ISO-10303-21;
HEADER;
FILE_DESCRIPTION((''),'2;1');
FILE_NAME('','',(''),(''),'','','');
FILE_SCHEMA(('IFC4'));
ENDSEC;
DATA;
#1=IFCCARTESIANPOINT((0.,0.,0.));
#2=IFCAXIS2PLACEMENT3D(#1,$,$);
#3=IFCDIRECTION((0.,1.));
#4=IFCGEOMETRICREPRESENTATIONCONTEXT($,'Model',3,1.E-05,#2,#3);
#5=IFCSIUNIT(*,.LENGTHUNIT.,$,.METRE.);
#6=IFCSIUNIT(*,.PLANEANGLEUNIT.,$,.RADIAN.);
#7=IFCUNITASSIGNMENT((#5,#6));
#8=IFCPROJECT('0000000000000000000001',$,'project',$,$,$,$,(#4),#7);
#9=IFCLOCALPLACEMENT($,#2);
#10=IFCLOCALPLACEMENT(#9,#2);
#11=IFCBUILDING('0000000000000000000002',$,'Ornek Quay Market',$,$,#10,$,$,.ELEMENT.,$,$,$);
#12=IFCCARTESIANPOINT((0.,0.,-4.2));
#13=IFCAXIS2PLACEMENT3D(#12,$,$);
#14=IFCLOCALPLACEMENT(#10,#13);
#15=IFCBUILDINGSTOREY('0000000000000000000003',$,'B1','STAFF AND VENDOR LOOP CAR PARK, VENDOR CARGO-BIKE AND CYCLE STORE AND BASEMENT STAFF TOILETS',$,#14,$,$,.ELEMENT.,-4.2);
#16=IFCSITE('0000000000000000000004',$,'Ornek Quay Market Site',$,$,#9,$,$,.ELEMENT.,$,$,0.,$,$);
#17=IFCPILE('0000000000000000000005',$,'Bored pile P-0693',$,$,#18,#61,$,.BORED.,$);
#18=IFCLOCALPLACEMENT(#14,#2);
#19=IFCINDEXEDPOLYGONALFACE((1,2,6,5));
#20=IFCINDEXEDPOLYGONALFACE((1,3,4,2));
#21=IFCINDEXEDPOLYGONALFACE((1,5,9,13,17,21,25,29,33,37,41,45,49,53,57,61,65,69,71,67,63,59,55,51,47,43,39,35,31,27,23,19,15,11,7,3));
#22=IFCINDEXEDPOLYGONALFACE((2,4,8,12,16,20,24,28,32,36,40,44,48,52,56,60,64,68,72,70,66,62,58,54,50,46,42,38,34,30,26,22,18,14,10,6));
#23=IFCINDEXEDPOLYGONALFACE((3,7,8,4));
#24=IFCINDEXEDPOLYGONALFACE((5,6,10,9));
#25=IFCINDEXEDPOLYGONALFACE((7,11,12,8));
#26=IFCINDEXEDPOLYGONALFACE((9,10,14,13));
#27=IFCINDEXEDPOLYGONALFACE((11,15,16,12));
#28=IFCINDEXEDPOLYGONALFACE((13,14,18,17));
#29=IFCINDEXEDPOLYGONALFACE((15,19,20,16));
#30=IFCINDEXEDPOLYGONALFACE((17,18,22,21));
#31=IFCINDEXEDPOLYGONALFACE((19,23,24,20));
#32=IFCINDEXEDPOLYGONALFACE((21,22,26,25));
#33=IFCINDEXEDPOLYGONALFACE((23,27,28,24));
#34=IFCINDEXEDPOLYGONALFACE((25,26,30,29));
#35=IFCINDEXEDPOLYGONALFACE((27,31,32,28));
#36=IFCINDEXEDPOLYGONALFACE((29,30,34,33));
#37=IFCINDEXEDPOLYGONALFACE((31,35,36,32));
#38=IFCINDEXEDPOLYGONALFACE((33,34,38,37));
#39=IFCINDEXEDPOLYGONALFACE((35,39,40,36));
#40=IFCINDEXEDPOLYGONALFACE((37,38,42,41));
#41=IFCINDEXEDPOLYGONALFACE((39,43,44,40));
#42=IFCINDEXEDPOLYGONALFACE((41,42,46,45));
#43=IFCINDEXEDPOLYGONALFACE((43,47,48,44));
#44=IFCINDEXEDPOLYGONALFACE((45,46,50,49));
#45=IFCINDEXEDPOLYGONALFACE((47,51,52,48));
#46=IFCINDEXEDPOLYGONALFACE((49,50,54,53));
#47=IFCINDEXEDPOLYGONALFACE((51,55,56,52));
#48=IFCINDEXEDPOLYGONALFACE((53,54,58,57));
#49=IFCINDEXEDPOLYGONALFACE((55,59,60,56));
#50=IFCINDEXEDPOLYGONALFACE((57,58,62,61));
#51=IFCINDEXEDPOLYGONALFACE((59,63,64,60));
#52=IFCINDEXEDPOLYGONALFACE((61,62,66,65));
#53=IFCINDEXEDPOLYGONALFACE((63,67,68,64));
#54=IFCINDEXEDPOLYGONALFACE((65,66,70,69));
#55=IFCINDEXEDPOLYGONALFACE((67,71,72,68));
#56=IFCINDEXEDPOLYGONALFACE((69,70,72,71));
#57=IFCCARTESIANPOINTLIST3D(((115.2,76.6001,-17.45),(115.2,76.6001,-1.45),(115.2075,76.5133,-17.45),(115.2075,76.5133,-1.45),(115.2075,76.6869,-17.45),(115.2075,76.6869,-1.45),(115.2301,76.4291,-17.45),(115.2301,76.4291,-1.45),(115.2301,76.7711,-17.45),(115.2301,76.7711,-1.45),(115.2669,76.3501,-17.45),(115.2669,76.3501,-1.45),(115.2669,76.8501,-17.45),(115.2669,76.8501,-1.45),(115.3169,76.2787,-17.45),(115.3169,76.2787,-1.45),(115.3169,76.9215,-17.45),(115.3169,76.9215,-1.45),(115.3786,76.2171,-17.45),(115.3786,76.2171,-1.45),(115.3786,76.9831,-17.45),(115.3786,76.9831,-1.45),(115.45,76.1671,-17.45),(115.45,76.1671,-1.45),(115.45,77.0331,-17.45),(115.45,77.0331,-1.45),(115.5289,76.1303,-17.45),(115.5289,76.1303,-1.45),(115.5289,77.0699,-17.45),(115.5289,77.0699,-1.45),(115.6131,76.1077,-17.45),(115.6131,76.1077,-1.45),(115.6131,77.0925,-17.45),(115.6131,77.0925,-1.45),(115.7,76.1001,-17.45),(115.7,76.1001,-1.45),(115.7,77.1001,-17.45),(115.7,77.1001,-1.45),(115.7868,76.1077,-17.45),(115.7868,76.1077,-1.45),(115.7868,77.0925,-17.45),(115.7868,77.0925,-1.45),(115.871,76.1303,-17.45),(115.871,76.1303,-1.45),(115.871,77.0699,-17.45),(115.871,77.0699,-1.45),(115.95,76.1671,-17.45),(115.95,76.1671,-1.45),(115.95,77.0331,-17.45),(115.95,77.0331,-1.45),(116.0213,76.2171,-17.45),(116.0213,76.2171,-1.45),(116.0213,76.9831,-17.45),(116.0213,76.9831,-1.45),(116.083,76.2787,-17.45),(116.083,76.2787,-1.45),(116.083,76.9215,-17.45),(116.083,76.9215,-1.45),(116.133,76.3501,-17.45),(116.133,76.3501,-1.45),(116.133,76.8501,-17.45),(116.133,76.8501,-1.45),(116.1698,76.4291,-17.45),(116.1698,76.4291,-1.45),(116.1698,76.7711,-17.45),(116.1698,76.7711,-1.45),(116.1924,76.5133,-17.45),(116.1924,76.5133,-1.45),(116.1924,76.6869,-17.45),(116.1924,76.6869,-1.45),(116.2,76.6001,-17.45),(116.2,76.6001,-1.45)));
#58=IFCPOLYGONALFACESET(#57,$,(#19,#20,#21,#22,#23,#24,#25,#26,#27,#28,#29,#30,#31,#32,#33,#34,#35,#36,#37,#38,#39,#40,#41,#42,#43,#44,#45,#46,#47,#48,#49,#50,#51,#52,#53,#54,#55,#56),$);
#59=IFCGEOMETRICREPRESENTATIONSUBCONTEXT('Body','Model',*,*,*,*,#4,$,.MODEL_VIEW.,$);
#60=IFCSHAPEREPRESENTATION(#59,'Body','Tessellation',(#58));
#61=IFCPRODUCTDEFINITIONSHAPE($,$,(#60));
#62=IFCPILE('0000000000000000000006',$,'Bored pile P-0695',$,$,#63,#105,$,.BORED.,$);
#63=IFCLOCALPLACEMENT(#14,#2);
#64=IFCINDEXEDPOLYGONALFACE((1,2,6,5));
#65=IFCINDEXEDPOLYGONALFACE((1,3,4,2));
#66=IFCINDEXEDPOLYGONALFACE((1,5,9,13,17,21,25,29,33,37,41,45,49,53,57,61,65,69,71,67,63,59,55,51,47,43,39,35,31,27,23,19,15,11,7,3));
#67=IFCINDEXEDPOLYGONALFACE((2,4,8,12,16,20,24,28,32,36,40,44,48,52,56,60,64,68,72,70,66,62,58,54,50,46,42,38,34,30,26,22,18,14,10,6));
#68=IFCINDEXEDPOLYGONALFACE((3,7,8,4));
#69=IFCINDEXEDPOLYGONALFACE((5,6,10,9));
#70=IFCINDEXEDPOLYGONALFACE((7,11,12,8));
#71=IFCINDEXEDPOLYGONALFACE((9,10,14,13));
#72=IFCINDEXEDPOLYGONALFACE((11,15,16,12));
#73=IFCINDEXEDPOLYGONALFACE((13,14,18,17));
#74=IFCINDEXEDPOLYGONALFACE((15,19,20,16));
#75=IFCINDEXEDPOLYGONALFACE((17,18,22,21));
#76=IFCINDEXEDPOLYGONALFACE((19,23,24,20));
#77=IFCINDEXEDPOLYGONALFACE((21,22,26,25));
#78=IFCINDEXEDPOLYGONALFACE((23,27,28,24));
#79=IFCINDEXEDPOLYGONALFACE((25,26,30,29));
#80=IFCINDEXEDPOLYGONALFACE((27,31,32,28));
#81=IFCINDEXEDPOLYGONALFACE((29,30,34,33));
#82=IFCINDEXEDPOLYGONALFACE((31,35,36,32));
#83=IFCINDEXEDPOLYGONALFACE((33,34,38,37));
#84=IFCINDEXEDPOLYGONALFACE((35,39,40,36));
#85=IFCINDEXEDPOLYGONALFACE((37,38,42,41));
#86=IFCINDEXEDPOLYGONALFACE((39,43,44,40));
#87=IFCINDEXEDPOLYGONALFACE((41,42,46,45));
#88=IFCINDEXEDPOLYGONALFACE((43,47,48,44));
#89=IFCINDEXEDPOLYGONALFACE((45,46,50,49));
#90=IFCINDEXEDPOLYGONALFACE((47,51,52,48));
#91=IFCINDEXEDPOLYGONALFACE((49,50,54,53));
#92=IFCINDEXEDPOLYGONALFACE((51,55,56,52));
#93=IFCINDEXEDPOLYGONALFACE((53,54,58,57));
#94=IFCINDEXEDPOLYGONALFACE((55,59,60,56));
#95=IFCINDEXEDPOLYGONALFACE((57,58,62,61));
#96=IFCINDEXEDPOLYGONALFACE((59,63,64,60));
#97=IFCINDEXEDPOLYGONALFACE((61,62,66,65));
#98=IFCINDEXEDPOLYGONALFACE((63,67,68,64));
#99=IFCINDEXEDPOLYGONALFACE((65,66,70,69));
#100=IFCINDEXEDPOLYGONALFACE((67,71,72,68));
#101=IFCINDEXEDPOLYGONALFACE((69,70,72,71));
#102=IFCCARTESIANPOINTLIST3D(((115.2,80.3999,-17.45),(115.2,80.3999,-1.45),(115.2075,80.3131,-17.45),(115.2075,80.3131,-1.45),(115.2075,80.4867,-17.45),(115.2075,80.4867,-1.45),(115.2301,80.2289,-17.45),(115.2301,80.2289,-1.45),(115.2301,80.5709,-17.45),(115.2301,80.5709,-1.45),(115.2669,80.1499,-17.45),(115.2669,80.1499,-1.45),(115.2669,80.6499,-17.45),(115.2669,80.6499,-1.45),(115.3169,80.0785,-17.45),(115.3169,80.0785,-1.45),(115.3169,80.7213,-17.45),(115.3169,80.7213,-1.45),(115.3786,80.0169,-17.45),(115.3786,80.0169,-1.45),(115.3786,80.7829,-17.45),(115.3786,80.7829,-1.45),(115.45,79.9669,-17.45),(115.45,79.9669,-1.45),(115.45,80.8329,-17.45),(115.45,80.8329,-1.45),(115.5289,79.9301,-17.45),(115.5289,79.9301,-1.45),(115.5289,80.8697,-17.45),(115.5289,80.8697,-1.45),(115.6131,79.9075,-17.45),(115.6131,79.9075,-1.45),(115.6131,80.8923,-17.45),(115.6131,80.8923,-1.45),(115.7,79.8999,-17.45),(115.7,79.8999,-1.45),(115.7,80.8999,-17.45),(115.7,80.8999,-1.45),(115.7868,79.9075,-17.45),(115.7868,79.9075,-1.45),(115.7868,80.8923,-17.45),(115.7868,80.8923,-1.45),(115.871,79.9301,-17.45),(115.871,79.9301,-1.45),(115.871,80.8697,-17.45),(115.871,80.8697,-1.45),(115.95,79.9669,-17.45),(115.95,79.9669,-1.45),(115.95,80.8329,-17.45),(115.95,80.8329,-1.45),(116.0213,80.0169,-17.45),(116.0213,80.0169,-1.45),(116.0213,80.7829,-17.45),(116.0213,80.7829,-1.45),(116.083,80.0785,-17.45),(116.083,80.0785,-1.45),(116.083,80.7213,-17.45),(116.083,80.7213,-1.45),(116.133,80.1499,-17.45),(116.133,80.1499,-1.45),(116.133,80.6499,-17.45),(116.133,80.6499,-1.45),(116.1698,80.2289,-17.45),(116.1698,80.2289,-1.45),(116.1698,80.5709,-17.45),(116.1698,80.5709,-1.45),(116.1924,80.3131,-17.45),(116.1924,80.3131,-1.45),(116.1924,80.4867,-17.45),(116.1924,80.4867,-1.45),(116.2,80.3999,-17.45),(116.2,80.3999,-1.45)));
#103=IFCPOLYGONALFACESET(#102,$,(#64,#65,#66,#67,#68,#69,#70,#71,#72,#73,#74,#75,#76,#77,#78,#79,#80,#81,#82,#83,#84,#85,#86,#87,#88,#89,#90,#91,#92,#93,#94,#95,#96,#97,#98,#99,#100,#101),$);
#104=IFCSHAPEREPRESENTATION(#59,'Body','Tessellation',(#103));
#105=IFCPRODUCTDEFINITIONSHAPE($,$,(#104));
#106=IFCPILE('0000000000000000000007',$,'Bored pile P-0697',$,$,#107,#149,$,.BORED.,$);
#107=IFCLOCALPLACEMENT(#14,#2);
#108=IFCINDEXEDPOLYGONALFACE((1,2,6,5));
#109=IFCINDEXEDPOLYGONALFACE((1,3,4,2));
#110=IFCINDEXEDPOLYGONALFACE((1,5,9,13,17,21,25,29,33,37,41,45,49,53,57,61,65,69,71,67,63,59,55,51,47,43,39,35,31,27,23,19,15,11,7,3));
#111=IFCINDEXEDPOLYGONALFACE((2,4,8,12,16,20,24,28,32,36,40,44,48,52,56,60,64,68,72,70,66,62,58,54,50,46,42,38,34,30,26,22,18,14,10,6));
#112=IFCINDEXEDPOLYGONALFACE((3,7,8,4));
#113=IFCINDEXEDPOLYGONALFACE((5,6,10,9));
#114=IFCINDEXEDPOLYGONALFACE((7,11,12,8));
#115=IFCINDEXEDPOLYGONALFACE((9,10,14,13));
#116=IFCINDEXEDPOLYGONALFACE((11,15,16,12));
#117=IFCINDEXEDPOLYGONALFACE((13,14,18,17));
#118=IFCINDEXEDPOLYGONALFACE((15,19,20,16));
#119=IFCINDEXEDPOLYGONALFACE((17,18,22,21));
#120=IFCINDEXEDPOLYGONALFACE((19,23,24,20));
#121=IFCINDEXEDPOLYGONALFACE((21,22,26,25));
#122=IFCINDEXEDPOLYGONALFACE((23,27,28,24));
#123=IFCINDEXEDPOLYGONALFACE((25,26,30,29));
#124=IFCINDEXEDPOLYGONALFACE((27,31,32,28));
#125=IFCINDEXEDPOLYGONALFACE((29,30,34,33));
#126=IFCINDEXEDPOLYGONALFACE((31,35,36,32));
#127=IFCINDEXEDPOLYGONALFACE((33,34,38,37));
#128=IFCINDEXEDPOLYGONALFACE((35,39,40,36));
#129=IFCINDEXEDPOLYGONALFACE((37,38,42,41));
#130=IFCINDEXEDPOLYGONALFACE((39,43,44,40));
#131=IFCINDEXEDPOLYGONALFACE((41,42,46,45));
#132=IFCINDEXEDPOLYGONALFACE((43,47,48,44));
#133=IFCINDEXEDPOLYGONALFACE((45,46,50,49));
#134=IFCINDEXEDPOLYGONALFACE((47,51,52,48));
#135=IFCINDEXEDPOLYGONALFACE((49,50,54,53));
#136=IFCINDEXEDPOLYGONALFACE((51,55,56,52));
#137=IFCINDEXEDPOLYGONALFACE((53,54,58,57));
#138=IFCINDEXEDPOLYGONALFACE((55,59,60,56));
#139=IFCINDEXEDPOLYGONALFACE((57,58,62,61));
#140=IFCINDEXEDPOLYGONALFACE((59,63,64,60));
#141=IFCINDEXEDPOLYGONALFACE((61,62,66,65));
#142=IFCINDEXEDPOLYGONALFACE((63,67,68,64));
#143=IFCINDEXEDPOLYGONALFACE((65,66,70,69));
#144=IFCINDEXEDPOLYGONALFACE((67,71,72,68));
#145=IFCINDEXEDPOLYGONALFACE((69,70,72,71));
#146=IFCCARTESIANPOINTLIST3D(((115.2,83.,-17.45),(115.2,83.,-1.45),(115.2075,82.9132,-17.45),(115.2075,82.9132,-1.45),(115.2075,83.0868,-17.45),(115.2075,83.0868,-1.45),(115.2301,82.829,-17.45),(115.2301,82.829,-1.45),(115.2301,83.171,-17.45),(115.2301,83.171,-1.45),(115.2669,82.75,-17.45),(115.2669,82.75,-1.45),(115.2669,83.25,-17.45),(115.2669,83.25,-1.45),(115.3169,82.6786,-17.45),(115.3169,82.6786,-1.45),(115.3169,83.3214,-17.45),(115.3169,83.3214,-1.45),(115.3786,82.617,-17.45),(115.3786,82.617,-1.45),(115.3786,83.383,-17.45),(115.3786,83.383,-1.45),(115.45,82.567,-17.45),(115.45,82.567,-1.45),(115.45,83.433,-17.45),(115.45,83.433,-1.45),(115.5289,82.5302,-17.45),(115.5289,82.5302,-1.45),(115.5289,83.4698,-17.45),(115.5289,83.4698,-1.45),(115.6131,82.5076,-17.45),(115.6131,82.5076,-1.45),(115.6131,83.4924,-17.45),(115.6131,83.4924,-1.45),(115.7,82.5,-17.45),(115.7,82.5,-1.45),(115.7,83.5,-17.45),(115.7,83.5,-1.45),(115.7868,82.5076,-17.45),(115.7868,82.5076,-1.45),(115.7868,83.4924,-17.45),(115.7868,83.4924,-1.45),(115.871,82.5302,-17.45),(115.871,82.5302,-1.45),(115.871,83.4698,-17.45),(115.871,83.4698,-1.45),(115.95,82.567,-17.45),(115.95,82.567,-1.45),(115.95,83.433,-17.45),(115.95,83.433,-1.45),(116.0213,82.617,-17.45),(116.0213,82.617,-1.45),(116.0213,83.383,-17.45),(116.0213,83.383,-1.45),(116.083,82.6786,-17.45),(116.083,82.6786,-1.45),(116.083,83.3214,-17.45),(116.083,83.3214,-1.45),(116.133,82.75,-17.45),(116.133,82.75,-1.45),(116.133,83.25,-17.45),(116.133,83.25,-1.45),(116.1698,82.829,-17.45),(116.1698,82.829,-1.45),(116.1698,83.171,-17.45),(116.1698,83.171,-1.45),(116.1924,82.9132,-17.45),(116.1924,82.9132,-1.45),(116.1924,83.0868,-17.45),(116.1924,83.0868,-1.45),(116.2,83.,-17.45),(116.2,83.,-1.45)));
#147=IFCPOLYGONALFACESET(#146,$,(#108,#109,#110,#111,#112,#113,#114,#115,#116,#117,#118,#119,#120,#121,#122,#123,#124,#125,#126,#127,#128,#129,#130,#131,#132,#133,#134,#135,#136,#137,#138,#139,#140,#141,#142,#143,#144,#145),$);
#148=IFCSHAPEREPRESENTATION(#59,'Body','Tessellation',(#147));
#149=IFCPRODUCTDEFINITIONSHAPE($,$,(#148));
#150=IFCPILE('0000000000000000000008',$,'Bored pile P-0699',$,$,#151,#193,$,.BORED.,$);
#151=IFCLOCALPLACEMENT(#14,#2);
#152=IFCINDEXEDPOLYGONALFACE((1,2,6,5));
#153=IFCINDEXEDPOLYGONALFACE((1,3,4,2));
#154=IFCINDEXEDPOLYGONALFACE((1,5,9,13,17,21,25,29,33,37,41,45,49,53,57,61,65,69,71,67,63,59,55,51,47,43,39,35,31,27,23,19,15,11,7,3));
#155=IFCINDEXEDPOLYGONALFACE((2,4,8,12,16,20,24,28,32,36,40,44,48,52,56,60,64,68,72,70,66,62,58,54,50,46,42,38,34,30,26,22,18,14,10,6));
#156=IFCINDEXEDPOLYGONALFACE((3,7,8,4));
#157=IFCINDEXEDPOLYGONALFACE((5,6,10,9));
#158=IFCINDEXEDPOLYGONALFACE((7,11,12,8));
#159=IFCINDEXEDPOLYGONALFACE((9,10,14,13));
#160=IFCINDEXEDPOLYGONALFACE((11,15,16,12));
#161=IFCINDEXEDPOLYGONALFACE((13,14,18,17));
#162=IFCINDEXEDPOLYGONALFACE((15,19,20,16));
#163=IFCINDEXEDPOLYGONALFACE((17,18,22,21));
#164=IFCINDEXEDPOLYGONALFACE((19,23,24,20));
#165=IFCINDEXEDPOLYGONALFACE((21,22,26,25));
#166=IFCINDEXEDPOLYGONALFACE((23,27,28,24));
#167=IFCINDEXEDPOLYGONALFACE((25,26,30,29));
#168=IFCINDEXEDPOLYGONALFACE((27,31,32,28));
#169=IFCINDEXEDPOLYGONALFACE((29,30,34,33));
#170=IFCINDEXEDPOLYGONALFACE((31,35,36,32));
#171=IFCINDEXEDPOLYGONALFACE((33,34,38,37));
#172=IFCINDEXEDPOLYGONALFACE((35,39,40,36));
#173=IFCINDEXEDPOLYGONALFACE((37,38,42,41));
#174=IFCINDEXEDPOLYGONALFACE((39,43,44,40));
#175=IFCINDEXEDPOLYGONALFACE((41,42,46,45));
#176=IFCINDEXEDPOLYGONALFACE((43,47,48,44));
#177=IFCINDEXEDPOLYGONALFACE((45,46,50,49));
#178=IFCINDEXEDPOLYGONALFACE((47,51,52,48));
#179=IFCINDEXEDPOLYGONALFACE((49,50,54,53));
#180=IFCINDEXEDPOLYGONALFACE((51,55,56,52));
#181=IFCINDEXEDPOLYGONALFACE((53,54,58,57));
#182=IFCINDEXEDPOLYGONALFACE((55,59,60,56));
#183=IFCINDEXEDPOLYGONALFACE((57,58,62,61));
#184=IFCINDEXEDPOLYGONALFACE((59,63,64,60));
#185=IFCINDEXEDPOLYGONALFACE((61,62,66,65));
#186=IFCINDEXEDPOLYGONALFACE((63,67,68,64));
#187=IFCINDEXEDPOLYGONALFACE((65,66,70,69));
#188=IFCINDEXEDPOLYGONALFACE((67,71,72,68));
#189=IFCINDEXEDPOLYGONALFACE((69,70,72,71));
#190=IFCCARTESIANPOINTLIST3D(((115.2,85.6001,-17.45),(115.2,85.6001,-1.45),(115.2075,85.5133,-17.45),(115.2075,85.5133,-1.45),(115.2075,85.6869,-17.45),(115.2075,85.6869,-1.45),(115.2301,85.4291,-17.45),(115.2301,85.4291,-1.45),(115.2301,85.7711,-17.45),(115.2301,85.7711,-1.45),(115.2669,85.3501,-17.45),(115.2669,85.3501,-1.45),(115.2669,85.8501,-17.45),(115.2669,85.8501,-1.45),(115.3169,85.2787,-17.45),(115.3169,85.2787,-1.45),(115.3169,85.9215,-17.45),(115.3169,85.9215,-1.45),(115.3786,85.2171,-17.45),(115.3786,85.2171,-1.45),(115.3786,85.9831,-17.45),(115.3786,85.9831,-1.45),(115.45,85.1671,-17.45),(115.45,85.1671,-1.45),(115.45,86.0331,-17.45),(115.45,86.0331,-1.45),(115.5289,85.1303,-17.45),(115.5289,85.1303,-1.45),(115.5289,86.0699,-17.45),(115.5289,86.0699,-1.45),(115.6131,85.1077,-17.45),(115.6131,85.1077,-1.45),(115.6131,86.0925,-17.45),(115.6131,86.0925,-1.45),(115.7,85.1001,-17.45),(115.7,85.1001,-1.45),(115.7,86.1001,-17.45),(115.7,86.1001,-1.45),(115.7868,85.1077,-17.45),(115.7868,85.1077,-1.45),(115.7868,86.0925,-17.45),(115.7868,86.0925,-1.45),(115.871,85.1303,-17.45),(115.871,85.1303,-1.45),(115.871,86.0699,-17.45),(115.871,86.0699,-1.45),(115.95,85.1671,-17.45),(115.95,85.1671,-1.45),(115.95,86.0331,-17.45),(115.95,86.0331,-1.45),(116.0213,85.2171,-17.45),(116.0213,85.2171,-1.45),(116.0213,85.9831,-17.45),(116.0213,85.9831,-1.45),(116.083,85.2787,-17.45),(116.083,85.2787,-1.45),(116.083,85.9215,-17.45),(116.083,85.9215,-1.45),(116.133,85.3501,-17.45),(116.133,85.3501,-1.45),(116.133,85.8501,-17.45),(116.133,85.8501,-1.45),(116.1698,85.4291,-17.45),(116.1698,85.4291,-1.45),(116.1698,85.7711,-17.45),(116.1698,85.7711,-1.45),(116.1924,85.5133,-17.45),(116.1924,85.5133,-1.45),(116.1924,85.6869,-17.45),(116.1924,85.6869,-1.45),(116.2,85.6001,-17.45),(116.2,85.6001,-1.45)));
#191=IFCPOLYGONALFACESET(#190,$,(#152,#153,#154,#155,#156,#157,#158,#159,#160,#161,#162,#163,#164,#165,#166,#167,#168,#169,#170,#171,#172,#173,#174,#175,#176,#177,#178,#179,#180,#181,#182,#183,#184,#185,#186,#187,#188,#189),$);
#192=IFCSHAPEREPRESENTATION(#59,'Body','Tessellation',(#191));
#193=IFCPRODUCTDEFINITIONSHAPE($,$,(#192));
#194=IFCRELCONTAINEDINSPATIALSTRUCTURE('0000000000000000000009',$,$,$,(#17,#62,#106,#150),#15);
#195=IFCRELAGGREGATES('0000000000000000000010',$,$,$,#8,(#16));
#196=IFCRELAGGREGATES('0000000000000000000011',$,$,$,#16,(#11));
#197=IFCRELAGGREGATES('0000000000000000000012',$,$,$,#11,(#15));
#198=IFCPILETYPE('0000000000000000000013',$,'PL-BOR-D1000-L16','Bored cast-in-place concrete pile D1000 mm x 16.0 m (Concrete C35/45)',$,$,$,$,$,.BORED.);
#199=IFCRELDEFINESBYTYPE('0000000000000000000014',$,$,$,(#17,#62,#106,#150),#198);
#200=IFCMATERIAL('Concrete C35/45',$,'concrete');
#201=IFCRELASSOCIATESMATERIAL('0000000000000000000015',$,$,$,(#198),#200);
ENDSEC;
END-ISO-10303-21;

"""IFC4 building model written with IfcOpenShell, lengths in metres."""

from ifc_helpers import new_model, si_unit, direction, frame, origin, origin_2d, place, context, subcontext, project, spatial, circle, extrude, material, material_profile, profile_set, type_object, element, save


model = new_model("IFC4")

# Units and contexts
model_context = context("Model", 3, precision=1e-05, world=origin(), true_north=direction((0.0, 1.0)))
body_context = subcontext(model_context, "Body", "Model", "MODEL_VIEW")
ifc_project = project(units=[si_unit("LENGTHUNIT", "METRE"), si_unit("PLANEANGLEUNIT", "RADIAN")], contexts=[model_context])

# Site, building, storey
site_placement = place(None, origin())
site = spatial("IfcSite", under=ifc_project, at=site_placement, Name="Ornek Quay Market Site", CompositionType="ELEMENT", RefElevation=0.0)
building_placement = place(site_placement, origin())
building = spatial("IfcBuilding", under=site, at=building_placement, Name="Ornek Quay Market", CompositionType="ELEMENT")
storey_placement = place(building_placement, frame((0.0, 0.0, -4.2)))
storey = spatial("IfcBuildingStorey", under=building, at=storey_placement, Name="B1", Description="STAFF AND VENDOR LOOP CAR PARK, VENDOR CARGO-BIKE AND CYCLE STORE AND BASEMENT STAFF TOILETS", CompositionType="ELEMENT", Elevation=-4.2)

# Piles
ifc_material_1 = material(Name="Concrete C35/45", Category="concrete")
ifc_material_profile_1 = material_profile(ifc_material_1, circle(Radius=0.5, at=origin_2d()), Name="PILE D1000", Category="concrete")
ifc_profile_set_1 = profile_set([ifc_material_profile_1], Name="Concrete C35/45")
pile_type_1 = type_object("IfcPileType", Name="PL-BOR-D1000-L16", Description="Bored cast-in-place concrete pile D1000 mm x 16.0 m (Concrete C35/45)", PredefinedType="BORED", material=ifc_profile_set_1)
for number, where, z_axis, x_axis, name in (
    (1, (115.7, 76.6001, -1.45), (0.0, 0.0, -1.0), (1.0, 0.0, 0.0), "Bored pile P-0693"),
    (2, (115.7, 80.3999, -1.45), (0.0, 0.0, -1.0), (1.0, 0.0, 0.0), "Bored pile P-0695"),
    (3, (115.7, 83.0, -1.45), (0.0, 0.0, -1.0), (1.0, 0.0, 0.0), "Bored pile P-0697"),
    (4, (115.7, 85.6001, -1.45), (0.0, 0.0, -1.0), (1.0, 0.0, 0.0), "Bored pile P-0699"),
):
    element("IfcPile", number, at=place(storey_placement, frame(where, z_axis=z_axis, x_axis=x_axis)), inside=storey, type_object=pile_type_1, Name=name, PredefinedType="BORED", context=body_context, shape_type="SweptSolid", body=[
        extrude(circle(Radius=0.5, at=origin_2d()), origin(), (0.0, 0.0, 1.0), 16.0),
    ])

save(model, "model.ifc")
